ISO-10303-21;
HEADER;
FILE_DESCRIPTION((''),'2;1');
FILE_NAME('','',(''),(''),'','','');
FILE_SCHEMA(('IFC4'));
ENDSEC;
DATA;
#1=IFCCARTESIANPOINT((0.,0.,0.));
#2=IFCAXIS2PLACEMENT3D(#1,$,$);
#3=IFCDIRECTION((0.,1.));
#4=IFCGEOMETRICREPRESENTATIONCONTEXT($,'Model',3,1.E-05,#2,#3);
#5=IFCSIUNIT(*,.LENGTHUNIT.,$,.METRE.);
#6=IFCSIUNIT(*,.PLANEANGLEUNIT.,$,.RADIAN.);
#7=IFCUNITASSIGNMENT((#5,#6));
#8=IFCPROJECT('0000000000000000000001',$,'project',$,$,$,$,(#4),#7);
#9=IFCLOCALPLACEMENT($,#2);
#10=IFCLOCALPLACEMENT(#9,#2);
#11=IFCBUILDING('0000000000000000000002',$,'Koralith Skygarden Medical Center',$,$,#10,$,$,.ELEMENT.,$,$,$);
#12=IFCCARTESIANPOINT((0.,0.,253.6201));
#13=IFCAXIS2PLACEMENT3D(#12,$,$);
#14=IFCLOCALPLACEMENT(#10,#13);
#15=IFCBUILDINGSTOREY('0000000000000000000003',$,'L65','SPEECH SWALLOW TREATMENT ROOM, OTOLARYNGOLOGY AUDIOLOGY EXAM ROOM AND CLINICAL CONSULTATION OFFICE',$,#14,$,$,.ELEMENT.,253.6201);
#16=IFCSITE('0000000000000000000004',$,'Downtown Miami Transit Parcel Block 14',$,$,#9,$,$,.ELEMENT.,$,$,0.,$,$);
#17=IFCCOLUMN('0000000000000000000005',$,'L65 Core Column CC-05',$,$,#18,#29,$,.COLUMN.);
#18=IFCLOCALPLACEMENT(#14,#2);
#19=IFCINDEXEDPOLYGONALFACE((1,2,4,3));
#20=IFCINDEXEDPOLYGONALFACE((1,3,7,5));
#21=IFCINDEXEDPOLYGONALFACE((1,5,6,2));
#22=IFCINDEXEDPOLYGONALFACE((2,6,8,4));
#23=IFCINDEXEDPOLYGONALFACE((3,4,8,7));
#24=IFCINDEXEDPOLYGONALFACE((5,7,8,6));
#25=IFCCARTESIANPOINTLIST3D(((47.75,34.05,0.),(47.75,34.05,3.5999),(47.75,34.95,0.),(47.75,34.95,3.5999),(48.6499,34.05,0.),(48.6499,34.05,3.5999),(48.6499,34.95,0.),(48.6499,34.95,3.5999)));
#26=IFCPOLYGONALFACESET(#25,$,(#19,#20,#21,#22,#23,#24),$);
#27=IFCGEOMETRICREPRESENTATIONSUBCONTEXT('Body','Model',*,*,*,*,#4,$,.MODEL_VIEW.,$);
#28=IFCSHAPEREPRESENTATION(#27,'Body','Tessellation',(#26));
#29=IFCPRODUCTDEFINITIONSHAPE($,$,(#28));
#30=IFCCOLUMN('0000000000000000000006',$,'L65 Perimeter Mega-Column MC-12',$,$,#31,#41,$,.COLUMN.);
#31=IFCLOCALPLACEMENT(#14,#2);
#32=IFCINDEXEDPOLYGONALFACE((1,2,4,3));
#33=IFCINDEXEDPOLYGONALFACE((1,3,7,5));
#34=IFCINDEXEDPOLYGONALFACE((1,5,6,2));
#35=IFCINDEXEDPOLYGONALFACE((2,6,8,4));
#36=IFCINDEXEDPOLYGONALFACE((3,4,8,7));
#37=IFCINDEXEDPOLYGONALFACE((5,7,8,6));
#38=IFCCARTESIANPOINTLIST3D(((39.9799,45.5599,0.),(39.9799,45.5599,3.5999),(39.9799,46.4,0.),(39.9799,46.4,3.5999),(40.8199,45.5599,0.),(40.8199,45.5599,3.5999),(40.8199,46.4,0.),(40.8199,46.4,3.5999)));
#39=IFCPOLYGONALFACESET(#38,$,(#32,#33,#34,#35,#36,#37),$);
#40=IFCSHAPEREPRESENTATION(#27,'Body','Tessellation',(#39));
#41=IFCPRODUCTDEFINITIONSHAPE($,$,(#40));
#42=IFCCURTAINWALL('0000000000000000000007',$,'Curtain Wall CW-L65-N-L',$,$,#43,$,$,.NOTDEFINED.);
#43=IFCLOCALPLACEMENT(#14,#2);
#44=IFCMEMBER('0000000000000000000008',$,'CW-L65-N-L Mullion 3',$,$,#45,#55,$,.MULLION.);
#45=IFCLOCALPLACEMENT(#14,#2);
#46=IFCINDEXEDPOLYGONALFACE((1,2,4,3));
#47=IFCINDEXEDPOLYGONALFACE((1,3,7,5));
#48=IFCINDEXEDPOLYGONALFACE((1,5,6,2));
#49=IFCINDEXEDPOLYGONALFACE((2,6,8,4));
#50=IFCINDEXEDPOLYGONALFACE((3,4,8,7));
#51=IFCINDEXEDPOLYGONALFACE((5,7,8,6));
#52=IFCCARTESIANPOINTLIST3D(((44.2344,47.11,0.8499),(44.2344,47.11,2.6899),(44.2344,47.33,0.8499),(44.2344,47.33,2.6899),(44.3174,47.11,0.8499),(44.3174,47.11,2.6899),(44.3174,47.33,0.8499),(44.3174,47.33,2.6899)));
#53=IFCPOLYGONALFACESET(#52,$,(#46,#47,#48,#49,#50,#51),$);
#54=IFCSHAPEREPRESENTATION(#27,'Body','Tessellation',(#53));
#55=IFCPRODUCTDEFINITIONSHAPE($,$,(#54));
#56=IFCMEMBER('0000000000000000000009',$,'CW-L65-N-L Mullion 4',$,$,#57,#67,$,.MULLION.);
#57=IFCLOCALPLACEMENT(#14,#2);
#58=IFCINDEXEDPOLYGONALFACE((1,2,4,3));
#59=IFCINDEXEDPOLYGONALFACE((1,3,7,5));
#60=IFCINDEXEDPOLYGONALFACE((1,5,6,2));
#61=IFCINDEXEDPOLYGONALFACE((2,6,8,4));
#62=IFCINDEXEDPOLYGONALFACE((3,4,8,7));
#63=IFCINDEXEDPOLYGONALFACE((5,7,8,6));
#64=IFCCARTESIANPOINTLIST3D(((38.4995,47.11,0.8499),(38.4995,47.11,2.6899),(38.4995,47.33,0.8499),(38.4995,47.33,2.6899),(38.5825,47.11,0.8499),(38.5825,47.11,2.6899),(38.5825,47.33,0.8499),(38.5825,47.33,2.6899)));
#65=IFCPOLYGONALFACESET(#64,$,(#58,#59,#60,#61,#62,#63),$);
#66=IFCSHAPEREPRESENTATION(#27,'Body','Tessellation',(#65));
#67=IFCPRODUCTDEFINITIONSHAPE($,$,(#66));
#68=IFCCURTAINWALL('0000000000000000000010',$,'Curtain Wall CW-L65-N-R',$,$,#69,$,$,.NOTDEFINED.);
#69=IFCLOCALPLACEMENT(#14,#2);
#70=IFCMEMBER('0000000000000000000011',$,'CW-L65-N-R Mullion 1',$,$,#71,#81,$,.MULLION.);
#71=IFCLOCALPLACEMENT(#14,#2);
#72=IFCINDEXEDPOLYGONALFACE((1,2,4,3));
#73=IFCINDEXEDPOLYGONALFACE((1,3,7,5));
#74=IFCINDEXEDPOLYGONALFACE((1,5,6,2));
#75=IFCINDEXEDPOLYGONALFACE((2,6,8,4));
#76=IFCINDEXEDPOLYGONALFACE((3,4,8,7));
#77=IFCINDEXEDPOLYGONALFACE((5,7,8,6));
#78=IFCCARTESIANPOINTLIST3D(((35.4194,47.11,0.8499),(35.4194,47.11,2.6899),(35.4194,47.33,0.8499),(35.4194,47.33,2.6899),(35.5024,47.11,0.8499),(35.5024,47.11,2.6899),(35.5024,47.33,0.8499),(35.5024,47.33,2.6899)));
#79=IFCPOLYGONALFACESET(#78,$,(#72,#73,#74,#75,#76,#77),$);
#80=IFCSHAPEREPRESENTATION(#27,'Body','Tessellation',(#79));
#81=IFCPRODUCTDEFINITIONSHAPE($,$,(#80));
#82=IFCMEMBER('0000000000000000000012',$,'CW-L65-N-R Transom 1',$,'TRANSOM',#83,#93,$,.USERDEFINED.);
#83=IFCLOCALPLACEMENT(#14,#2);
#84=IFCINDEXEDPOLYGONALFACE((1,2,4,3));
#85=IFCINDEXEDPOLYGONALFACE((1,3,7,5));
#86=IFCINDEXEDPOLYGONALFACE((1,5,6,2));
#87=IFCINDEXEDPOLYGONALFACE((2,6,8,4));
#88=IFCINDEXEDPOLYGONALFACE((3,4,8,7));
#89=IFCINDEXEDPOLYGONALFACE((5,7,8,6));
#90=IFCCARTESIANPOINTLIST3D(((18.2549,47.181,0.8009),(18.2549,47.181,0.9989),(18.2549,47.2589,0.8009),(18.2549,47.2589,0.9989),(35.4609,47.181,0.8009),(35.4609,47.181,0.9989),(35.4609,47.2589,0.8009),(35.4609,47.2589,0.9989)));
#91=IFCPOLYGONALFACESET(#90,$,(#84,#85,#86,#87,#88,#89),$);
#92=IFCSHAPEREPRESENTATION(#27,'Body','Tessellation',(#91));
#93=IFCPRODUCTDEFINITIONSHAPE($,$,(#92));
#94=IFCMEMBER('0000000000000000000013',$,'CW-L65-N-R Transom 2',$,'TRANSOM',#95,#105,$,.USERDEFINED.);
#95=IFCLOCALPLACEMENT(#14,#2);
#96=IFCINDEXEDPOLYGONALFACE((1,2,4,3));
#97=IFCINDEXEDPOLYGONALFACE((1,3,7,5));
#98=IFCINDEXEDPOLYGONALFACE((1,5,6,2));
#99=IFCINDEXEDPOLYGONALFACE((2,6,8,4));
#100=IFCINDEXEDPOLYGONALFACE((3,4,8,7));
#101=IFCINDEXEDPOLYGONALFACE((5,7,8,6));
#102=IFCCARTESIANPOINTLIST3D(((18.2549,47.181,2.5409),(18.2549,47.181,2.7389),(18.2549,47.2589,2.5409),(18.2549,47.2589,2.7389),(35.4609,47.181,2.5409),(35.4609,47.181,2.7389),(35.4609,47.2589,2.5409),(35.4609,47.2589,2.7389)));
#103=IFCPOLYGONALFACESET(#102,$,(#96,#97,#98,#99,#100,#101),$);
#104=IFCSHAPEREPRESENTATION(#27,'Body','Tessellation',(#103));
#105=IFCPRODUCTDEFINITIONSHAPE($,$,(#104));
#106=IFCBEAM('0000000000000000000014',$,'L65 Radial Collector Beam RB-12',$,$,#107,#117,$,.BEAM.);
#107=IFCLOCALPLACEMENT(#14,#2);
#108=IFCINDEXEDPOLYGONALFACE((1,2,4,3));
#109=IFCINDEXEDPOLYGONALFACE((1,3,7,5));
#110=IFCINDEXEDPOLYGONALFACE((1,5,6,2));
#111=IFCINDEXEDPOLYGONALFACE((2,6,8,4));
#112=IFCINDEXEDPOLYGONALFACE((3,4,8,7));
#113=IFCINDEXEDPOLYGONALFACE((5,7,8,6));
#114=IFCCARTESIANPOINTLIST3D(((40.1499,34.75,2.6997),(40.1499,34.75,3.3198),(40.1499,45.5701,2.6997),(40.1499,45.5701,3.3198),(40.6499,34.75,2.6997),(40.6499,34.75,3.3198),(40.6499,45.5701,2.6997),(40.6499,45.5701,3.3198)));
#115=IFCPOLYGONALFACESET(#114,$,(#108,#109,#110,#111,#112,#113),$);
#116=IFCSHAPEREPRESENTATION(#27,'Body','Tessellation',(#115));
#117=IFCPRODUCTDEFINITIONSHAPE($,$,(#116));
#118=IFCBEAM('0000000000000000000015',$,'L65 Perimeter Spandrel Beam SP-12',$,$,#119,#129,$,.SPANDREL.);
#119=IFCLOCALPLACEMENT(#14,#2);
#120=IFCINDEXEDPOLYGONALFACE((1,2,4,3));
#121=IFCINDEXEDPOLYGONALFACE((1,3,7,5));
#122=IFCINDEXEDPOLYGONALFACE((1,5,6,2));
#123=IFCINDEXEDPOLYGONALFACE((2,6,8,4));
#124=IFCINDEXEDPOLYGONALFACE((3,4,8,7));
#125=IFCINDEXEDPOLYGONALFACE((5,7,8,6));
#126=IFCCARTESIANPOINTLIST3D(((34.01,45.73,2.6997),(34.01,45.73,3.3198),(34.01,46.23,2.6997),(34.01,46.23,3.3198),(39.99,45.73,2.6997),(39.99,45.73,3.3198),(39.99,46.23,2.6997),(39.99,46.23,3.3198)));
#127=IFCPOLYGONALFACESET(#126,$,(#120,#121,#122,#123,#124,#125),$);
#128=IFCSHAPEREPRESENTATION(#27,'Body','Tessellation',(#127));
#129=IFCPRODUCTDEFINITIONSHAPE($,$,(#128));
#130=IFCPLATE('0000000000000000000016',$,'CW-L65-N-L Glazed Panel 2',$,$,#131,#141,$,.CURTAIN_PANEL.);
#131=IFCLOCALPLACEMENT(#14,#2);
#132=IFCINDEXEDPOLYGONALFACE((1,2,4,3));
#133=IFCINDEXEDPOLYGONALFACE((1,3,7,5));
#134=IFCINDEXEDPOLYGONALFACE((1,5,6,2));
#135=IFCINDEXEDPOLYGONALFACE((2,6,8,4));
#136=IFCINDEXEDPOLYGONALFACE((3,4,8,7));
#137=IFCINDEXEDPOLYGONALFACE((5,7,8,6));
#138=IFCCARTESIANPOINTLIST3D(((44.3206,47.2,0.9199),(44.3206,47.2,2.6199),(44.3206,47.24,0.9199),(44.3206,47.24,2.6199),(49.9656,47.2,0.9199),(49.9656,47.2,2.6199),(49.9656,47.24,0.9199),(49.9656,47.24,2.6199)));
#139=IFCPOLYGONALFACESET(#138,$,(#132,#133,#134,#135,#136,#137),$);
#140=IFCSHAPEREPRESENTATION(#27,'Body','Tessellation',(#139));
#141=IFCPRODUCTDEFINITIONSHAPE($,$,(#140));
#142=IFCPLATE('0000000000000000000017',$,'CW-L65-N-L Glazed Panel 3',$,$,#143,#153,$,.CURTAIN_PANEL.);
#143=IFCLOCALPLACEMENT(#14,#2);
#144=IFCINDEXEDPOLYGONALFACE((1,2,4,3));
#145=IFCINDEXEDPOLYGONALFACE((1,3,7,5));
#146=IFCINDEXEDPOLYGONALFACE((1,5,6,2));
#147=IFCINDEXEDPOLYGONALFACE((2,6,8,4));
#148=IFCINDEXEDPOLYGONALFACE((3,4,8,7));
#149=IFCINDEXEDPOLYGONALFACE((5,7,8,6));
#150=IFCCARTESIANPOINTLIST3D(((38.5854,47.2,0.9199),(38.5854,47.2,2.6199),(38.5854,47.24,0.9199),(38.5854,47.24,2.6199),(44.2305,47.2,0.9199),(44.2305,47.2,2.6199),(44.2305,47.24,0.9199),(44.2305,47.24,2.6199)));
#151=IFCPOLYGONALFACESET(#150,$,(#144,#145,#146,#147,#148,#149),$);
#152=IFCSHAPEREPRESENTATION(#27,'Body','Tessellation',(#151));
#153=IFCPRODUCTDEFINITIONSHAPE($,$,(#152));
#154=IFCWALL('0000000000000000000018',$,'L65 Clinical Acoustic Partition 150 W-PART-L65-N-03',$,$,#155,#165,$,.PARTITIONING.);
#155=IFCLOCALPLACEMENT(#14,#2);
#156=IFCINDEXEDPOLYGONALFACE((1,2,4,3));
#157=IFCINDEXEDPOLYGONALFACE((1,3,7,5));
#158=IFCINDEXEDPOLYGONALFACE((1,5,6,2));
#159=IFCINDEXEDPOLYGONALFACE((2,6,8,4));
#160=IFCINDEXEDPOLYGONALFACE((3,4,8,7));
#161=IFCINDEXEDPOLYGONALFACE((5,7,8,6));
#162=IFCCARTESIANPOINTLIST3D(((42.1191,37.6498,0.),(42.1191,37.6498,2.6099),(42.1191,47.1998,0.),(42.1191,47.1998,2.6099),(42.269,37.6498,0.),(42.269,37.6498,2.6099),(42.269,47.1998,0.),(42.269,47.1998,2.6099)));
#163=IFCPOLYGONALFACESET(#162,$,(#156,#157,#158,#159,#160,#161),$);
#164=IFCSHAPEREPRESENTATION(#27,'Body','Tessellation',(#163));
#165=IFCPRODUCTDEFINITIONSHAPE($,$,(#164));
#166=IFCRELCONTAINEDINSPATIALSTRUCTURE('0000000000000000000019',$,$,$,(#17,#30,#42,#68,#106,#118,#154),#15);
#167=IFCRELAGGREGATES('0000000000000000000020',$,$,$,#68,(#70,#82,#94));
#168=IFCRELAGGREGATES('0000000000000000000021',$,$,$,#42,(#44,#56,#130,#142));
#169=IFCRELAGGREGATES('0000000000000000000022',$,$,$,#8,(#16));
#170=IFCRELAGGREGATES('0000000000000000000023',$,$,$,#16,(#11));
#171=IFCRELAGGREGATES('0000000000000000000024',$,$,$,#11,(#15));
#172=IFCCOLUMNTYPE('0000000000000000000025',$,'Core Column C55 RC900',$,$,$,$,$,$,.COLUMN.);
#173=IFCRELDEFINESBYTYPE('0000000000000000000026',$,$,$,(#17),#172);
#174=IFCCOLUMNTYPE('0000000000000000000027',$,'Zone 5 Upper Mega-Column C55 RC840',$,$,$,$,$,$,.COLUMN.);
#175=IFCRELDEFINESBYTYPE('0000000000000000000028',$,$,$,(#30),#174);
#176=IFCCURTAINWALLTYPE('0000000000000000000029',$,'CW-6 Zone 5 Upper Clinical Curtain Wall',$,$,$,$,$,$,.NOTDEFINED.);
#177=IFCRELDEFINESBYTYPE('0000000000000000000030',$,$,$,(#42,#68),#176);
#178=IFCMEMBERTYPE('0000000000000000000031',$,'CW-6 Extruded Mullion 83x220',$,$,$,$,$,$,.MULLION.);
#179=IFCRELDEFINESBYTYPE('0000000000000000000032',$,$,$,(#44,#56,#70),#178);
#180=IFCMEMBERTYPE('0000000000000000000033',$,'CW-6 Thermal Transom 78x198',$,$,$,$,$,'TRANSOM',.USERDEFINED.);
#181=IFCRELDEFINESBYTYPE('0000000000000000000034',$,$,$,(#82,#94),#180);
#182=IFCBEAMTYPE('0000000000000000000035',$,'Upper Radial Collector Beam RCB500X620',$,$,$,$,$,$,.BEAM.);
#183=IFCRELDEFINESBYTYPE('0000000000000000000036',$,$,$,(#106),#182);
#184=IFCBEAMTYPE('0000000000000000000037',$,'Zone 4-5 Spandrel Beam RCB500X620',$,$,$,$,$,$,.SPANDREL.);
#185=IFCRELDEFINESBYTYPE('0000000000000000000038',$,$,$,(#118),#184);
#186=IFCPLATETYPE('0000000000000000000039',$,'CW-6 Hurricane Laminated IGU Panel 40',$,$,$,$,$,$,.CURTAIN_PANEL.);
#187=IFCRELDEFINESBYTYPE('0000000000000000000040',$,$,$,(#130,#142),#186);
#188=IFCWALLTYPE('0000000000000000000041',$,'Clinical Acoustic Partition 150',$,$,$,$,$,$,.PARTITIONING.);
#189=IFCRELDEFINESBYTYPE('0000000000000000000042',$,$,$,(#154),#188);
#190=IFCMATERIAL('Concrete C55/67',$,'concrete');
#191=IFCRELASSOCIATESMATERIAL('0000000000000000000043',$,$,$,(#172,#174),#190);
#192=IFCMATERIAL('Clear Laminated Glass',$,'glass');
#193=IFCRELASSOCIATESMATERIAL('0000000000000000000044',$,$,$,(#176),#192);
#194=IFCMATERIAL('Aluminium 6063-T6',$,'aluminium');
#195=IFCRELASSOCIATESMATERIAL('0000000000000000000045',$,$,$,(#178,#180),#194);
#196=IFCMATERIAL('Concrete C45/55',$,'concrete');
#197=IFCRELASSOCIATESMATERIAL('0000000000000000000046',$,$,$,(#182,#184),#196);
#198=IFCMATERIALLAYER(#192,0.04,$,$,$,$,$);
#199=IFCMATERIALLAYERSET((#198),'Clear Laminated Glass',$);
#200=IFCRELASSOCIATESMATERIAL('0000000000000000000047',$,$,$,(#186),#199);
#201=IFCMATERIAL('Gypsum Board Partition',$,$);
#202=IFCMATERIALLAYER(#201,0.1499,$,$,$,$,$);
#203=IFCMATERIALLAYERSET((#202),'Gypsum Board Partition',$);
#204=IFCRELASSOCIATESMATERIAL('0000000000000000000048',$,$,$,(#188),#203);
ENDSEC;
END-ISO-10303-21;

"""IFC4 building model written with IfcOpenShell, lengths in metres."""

from ifc_helpers import new_model, si_unit, direction, frame, frame_2d, origin, origin_2d, place, context, subcontext, project, spatial, rectangle, extrude, material, layer, layer_set, material_profile, profile_set, type_object, element, aggregate, save


model = new_model("IFC4")

# Units and contexts
model_context = context("Model", 3, precision=1e-05, world=origin(), true_north=direction((0.0, 1.0)))
body_context = subcontext(model_context, "Body", "Model", "MODEL_VIEW")
ifc_project = project(units=[si_unit("LENGTHUNIT", "METRE"), si_unit("PLANEANGLEUNIT", "RADIAN")], contexts=[model_context])

# Site, building, storey
site_placement = place(None, origin())
site = spatial("IfcSite", under=ifc_project, at=site_placement, Name="Downtown Miami Transit Parcel Block 14", CompositionType="ELEMENT", RefElevation=0.0)
building_placement = place(site_placement, origin())
building = spatial("IfcBuilding", under=site, at=building_placement, Name="Koralith Skygarden Medical Center", CompositionType="ELEMENT")
storey_placement = place(building_placement, frame((0.0, 0.0, 253.6201)))
storey = spatial("IfcBuildingStorey", under=building, at=storey_placement, Name="L65", Description="SPEECH SWALLOW TREATMENT ROOM, OTOLARYNGOLOGY AUDIOLOGY EXAM ROOM AND CLINICAL CONSULTATION OFFICE", CompositionType="ELEMENT", Elevation=253.6201)

# Columns
ifc_material_1 = material(Name="Concrete C55/67", Category="concrete")
ifc_material_profile_1 = material_profile(ifc_material_1, rectangle(XDim=0.8999, YDim=0.8999, at=origin_2d()), Name="RC900X900")
ifc_profile_set_1 = profile_set([ifc_material_profile_1], Name="Concrete C55/67")
column_type_1 = type_object("IfcColumnType", Name="Core Column C55 RC900", PredefinedType="COLUMN", material=ifc_profile_set_1)
column_1_placement = place(storey_placement, frame((48.2, 34.5, 0.0), z_axis=(0.0, 0.0, 1.0), x_axis=(1.0, 0.0, 0.0)))
element("IfcColumn", 1, at=column_1_placement, inside=storey, type_object=column_type_1, Name="L65 Core Column CC-05", PredefinedType="COLUMN", context=body_context, shape_type="SweptSolid", body=[
    extrude(rectangle(XDim=0.8999, YDim=0.8999, at=origin_2d()), origin(), (0.0, 0.0, 1.0), 3.5999),
])
ifc_material_profile_2 = material_profile(ifc_material_1, rectangle(XDim=0.8401, YDim=0.8401, at=origin_2d()), Name="RC840X840")
ifc_profile_set_2 = profile_set([ifc_material_profile_2], Name="Concrete C55/67")
column_type_2 = type_object("IfcColumnType", Name="Zone 5 Upper Mega-Column C55 RC840", PredefinedType="COLUMN", material=ifc_profile_set_2)
column_2_placement = place(storey_placement, frame((40.3999, 45.98, 0.0), z_axis=(0.0, 0.0, 1.0), x_axis=(1.0, 0.0, 0.0)))
element("IfcColumn", 2, at=column_2_placement, inside=storey, type_object=column_type_2, Name="L65 Perimeter Mega-Column MC-12", PredefinedType="COLUMN", context=body_context, shape_type="SweptSolid", body=[
    extrude(rectangle(XDim=0.8401, YDim=0.8401, at=origin_2d()), origin(), (0.0, 0.0, 1.0), 3.5999),
])

# Curtain walls, members
ifc_material_2 = material(Name="Clear Laminated Glass", Category="glass")
curtain_wall_type = type_object("IfcCurtainWallType", Name="CW-6 Zone 5 Upper Clinical Curtain Wall", PredefinedType="NOTDEFINED", material=ifc_material_2)
curtain_wall_1_placement = place(storey_placement, origin())
curtain_wall_1 = element("IfcCurtainWall", 3, at=curtain_wall_1_placement, inside=storey, type_object=curtain_wall_type, Name="Curtain Wall CW-L65-N-L", PredefinedType="NOTDEFINED")
ifc_material_3 = material(Name="Aluminium 6063-T6", Category="aluminium")
ifc_material_profile_3 = material_profile(ifc_material_3, rectangle(XDim=0.083, YDim=0.22, at=origin_2d()), Name="MUL83X220")
ifc_profile_set_3 = profile_set([ifc_material_profile_3], Name="Aluminium 6063-T6")
member_type_1 = type_object("IfcMemberType", Name="CW-6 Extruded Mullion 83x220", PredefinedType="MULLION", material=ifc_profile_set_3)
member_1_placement = place(storey_placement, frame((44.2759, 47.22, 0.8499), z_axis=(0.0, 0.0, 1.0), x_axis=(1.0, 0.0, 0.0)))
member_1 = element("IfcMember", 4, at=member_1_placement, type_object=member_type_1, Name="CW-L65-N-L Mullion 3", PredefinedType="MULLION", context=body_context, shape_type="SweptSolid", body=[
    extrude(rectangle(XDim=0.083, YDim=0.22, at=origin_2d()), origin(), (0.0, 0.0, 1.0), 1.8401),
])
member_2_placement = place(storey_placement, frame((38.541, 47.22, 0.8499), z_axis=(0.0, 0.0, 1.0), x_axis=(1.0, 0.0, 0.0)))
member_2 = element("IfcMember", 5, at=member_2_placement, type_object=member_type_1, Name="CW-L65-N-L Mullion 4", PredefinedType="MULLION", context=body_context, shape_type="SweptSolid", body=[
    extrude(rectangle(XDim=0.083, YDim=0.22, at=origin_2d()), origin(), (0.0, 0.0, 1.0), 1.8401),
])
curtain_wall_2_placement = place(storey_placement, origin())
curtain_wall_2 = element("IfcCurtainWall", 6, at=curtain_wall_2_placement, inside=storey, type_object=curtain_wall_type, Name="Curtain Wall CW-L65-N-R", PredefinedType="NOTDEFINED")
member_3_placement = place(storey_placement, frame((35.4609, 47.22, 0.8499), z_axis=(0.0, 0.0, 1.0), x_axis=(1.0, 0.0, 0.0)))
member_3 = element("IfcMember", 7, at=member_3_placement, type_object=member_type_1, Name="CW-L65-N-R Mullion 1", PredefinedType="MULLION", context=body_context, shape_type="SweptSolid", body=[
    extrude(rectangle(XDim=0.083, YDim=0.22, at=origin_2d()), origin(), (0.0, 0.0, 1.0), 1.8401),
])
ifc_material_profile_4 = material_profile(ifc_material_3, rectangle(XDim=0.0779, YDim=0.198, at=origin_2d()), Name="TRN78X198")
ifc_profile_set_4 = profile_set([ifc_material_profile_4], Name="Aluminium 6063-T6")
member_type_2 = type_object("IfcMemberType", Name="CW-6 Thermal Transom 78x198", ElementType="TRANSOM", PredefinedType="USERDEFINED", material=ifc_profile_set_4)
member_4_placement = place(storey_placement, frame((35.4609, 47.22, 0.8999), z_axis=(-1.0, 0.0, 0.0), x_axis=(0.0, -1.0, 0.0)))
member_4 = element("IfcMember", 8, at=member_4_placement, type_object=member_type_2, Name="CW-L65-N-R Transom 1", ObjectType="TRANSOM", PredefinedType="USERDEFINED", context=body_context, shape_type="SweptSolid", body=[
    extrude(rectangle(XDim=0.0779, YDim=0.198, at=origin_2d()), origin(), (0.0, 0.0, 1.0), 17.2061),
])
member_5_placement = place(storey_placement, frame((35.4609, 47.22, 2.6399), z_axis=(-1.0, 0.0, 0.0), x_axis=(0.0, -1.0, 0.0)))
member_5 = element("IfcMember", 9, at=member_5_placement, type_object=member_type_2, Name="CW-L65-N-R Transom 2", ObjectType="TRANSOM", PredefinedType="USERDEFINED", context=body_context, shape_type="SweptSolid", body=[
    extrude(rectangle(XDim=0.0779, YDim=0.198, at=origin_2d()), origin(), (0.0, 0.0, 1.0), 17.2061),
])
aggregate(curtain_wall_2, [member_3, member_4, member_5])

# Beams
ifc_material_4 = material(Name="Concrete C45/55", Category="concrete")
ifc_material_profile_5 = material_profile(ifc_material_4, rectangle(XDim=0.5, YDim=0.6201, at=origin_2d()), Name="RCB500X620")
ifc_profile_set_5 = profile_set([ifc_material_profile_5], Name="Concrete C45/55")
beam_type_1 = type_object("IfcBeamType", Name="Upper Radial Collector Beam RCB500X620", PredefinedType="BEAM", material=ifc_profile_set_5)
beam_1_placement = place(storey_placement, frame((40.3999, 34.75, 3.0098), z_axis=(0.0, 1.0, 0.0), x_axis=(-1.0, 0.0, 0.0)))
element("IfcBeam", 10, at=beam_1_placement, inside=storey, type_object=beam_type_1, Name="L65 Radial Collector Beam RB-12", PredefinedType="BEAM", context=body_context, shape_type="SweptSolid", body=[
    extrude(rectangle(XDim=0.5, YDim=0.6201, at=origin_2d()), origin(), (0.0, 0.0, 1.0), 10.8201),
])
ifc_material_profile_6 = material_profile(ifc_material_4, rectangle(XDim=0.5, YDim=0.6201, at=origin_2d()), Name="RCB500X620")
ifc_profile_set_6 = profile_set([ifc_material_profile_6], Name="Concrete C45/55")
beam_type_2 = type_object("IfcBeamType", Name="Zone 4-5 Spandrel Beam RCB500X620", PredefinedType="SPANDREL", material=ifc_profile_set_6)
beam_2_placement = place(storey_placement, frame((39.99, 45.98, 3.0098), z_axis=(-1.0, 0.0, 0.0), x_axis=(0.0, -1.0, 0.0)))
element("IfcBeam", 11, at=beam_2_placement, inside=storey, type_object=beam_type_2, Name="L65 Perimeter Spandrel Beam SP-12", PredefinedType="SPANDREL", context=body_context, shape_type="SweptSolid", body=[
    extrude(rectangle(XDim=0.5, YDim=0.6201, at=origin_2d()), origin(), (0.0, 0.0, 1.0), 5.98),
])

# Plates
ifc_layer_1 = layer(ifc_material_2, 0.04)
ifc_layer_set_1 = layer_set([ifc_layer_1], Name="Clear Laminated Glass")
plate_type = type_object("IfcPlateType", Name="CW-6 Hurricane Laminated IGU Panel 40", PredefinedType="CURTAIN_PANEL", material=ifc_layer_set_1)
plate_1_placement = place(storey_placement, frame((47.1431, 47.22, 0.9199), z_axis=(0.0, 0.0, 1.0), x_axis=(-1.0, 0.0, 0.0)))
plate_1 = element("IfcPlate", 12, at=plate_1_placement, type_object=plate_type, Name="CW-L65-N-L Glazed Panel 2", PredefinedType="CURTAIN_PANEL", context=body_context, shape_type="SweptSolid", body=[
    extrude(rectangle(XDim=5.645, YDim=0.04, at=origin_2d()), origin(), (0.0, 0.0, 1.0), 1.7),
])
plate_2_placement = place(storey_placement, frame((41.408, 47.22, 0.9199), z_axis=(0.0, 0.0, 1.0), x_axis=(-1.0, 0.0, 0.0)))
plate_2 = element("IfcPlate", 13, at=plate_2_placement, type_object=plate_type, Name="CW-L65-N-L Glazed Panel 3", PredefinedType="CURTAIN_PANEL", context=body_context, shape_type="SweptSolid", body=[
    extrude(rectangle(XDim=5.645, YDim=0.04, at=origin_2d()), origin(), (0.0, 0.0, 1.0), 1.7),
])
aggregate(curtain_wall_1, [member_1, member_2, plate_1, plate_2])

# Wall
ifc_material_5 = material(Name="Gypsum Board Partition")
ifc_layer_2 = layer(ifc_material_5, 0.1499)
ifc_layer_set_2 = layer_set([ifc_layer_2], Name="Gypsum Board Partition")
wall_type_1 = type_object("IfcWallType", Name="Clinical Acoustic Partition 150", PredefinedType="PARTITIONING", material=ifc_layer_set_2)
wall_1_placement = place(storey_placement, frame((42.1941, 37.6499, 0.0), z_axis=(0.0, 0.0, 1.0), x_axis=(0.0, 1.0, 0.0)))
element("IfcWall", 14, at=wall_1_placement, inside=storey, type_object=wall_type_1, Name="L65 Clinical Acoustic Partition 150 W-PART-L65-N-03", PredefinedType="PARTITIONING", context=body_context, shape_type="SweptSolid", body=[
    extrude(rectangle(XDim=9.55, YDim=0.1499, at=frame_2d((4.7749, 0.0))), origin(), (0.0, 0.0, 1.0), 2.6099),
])

save(model, "model.ifc")
